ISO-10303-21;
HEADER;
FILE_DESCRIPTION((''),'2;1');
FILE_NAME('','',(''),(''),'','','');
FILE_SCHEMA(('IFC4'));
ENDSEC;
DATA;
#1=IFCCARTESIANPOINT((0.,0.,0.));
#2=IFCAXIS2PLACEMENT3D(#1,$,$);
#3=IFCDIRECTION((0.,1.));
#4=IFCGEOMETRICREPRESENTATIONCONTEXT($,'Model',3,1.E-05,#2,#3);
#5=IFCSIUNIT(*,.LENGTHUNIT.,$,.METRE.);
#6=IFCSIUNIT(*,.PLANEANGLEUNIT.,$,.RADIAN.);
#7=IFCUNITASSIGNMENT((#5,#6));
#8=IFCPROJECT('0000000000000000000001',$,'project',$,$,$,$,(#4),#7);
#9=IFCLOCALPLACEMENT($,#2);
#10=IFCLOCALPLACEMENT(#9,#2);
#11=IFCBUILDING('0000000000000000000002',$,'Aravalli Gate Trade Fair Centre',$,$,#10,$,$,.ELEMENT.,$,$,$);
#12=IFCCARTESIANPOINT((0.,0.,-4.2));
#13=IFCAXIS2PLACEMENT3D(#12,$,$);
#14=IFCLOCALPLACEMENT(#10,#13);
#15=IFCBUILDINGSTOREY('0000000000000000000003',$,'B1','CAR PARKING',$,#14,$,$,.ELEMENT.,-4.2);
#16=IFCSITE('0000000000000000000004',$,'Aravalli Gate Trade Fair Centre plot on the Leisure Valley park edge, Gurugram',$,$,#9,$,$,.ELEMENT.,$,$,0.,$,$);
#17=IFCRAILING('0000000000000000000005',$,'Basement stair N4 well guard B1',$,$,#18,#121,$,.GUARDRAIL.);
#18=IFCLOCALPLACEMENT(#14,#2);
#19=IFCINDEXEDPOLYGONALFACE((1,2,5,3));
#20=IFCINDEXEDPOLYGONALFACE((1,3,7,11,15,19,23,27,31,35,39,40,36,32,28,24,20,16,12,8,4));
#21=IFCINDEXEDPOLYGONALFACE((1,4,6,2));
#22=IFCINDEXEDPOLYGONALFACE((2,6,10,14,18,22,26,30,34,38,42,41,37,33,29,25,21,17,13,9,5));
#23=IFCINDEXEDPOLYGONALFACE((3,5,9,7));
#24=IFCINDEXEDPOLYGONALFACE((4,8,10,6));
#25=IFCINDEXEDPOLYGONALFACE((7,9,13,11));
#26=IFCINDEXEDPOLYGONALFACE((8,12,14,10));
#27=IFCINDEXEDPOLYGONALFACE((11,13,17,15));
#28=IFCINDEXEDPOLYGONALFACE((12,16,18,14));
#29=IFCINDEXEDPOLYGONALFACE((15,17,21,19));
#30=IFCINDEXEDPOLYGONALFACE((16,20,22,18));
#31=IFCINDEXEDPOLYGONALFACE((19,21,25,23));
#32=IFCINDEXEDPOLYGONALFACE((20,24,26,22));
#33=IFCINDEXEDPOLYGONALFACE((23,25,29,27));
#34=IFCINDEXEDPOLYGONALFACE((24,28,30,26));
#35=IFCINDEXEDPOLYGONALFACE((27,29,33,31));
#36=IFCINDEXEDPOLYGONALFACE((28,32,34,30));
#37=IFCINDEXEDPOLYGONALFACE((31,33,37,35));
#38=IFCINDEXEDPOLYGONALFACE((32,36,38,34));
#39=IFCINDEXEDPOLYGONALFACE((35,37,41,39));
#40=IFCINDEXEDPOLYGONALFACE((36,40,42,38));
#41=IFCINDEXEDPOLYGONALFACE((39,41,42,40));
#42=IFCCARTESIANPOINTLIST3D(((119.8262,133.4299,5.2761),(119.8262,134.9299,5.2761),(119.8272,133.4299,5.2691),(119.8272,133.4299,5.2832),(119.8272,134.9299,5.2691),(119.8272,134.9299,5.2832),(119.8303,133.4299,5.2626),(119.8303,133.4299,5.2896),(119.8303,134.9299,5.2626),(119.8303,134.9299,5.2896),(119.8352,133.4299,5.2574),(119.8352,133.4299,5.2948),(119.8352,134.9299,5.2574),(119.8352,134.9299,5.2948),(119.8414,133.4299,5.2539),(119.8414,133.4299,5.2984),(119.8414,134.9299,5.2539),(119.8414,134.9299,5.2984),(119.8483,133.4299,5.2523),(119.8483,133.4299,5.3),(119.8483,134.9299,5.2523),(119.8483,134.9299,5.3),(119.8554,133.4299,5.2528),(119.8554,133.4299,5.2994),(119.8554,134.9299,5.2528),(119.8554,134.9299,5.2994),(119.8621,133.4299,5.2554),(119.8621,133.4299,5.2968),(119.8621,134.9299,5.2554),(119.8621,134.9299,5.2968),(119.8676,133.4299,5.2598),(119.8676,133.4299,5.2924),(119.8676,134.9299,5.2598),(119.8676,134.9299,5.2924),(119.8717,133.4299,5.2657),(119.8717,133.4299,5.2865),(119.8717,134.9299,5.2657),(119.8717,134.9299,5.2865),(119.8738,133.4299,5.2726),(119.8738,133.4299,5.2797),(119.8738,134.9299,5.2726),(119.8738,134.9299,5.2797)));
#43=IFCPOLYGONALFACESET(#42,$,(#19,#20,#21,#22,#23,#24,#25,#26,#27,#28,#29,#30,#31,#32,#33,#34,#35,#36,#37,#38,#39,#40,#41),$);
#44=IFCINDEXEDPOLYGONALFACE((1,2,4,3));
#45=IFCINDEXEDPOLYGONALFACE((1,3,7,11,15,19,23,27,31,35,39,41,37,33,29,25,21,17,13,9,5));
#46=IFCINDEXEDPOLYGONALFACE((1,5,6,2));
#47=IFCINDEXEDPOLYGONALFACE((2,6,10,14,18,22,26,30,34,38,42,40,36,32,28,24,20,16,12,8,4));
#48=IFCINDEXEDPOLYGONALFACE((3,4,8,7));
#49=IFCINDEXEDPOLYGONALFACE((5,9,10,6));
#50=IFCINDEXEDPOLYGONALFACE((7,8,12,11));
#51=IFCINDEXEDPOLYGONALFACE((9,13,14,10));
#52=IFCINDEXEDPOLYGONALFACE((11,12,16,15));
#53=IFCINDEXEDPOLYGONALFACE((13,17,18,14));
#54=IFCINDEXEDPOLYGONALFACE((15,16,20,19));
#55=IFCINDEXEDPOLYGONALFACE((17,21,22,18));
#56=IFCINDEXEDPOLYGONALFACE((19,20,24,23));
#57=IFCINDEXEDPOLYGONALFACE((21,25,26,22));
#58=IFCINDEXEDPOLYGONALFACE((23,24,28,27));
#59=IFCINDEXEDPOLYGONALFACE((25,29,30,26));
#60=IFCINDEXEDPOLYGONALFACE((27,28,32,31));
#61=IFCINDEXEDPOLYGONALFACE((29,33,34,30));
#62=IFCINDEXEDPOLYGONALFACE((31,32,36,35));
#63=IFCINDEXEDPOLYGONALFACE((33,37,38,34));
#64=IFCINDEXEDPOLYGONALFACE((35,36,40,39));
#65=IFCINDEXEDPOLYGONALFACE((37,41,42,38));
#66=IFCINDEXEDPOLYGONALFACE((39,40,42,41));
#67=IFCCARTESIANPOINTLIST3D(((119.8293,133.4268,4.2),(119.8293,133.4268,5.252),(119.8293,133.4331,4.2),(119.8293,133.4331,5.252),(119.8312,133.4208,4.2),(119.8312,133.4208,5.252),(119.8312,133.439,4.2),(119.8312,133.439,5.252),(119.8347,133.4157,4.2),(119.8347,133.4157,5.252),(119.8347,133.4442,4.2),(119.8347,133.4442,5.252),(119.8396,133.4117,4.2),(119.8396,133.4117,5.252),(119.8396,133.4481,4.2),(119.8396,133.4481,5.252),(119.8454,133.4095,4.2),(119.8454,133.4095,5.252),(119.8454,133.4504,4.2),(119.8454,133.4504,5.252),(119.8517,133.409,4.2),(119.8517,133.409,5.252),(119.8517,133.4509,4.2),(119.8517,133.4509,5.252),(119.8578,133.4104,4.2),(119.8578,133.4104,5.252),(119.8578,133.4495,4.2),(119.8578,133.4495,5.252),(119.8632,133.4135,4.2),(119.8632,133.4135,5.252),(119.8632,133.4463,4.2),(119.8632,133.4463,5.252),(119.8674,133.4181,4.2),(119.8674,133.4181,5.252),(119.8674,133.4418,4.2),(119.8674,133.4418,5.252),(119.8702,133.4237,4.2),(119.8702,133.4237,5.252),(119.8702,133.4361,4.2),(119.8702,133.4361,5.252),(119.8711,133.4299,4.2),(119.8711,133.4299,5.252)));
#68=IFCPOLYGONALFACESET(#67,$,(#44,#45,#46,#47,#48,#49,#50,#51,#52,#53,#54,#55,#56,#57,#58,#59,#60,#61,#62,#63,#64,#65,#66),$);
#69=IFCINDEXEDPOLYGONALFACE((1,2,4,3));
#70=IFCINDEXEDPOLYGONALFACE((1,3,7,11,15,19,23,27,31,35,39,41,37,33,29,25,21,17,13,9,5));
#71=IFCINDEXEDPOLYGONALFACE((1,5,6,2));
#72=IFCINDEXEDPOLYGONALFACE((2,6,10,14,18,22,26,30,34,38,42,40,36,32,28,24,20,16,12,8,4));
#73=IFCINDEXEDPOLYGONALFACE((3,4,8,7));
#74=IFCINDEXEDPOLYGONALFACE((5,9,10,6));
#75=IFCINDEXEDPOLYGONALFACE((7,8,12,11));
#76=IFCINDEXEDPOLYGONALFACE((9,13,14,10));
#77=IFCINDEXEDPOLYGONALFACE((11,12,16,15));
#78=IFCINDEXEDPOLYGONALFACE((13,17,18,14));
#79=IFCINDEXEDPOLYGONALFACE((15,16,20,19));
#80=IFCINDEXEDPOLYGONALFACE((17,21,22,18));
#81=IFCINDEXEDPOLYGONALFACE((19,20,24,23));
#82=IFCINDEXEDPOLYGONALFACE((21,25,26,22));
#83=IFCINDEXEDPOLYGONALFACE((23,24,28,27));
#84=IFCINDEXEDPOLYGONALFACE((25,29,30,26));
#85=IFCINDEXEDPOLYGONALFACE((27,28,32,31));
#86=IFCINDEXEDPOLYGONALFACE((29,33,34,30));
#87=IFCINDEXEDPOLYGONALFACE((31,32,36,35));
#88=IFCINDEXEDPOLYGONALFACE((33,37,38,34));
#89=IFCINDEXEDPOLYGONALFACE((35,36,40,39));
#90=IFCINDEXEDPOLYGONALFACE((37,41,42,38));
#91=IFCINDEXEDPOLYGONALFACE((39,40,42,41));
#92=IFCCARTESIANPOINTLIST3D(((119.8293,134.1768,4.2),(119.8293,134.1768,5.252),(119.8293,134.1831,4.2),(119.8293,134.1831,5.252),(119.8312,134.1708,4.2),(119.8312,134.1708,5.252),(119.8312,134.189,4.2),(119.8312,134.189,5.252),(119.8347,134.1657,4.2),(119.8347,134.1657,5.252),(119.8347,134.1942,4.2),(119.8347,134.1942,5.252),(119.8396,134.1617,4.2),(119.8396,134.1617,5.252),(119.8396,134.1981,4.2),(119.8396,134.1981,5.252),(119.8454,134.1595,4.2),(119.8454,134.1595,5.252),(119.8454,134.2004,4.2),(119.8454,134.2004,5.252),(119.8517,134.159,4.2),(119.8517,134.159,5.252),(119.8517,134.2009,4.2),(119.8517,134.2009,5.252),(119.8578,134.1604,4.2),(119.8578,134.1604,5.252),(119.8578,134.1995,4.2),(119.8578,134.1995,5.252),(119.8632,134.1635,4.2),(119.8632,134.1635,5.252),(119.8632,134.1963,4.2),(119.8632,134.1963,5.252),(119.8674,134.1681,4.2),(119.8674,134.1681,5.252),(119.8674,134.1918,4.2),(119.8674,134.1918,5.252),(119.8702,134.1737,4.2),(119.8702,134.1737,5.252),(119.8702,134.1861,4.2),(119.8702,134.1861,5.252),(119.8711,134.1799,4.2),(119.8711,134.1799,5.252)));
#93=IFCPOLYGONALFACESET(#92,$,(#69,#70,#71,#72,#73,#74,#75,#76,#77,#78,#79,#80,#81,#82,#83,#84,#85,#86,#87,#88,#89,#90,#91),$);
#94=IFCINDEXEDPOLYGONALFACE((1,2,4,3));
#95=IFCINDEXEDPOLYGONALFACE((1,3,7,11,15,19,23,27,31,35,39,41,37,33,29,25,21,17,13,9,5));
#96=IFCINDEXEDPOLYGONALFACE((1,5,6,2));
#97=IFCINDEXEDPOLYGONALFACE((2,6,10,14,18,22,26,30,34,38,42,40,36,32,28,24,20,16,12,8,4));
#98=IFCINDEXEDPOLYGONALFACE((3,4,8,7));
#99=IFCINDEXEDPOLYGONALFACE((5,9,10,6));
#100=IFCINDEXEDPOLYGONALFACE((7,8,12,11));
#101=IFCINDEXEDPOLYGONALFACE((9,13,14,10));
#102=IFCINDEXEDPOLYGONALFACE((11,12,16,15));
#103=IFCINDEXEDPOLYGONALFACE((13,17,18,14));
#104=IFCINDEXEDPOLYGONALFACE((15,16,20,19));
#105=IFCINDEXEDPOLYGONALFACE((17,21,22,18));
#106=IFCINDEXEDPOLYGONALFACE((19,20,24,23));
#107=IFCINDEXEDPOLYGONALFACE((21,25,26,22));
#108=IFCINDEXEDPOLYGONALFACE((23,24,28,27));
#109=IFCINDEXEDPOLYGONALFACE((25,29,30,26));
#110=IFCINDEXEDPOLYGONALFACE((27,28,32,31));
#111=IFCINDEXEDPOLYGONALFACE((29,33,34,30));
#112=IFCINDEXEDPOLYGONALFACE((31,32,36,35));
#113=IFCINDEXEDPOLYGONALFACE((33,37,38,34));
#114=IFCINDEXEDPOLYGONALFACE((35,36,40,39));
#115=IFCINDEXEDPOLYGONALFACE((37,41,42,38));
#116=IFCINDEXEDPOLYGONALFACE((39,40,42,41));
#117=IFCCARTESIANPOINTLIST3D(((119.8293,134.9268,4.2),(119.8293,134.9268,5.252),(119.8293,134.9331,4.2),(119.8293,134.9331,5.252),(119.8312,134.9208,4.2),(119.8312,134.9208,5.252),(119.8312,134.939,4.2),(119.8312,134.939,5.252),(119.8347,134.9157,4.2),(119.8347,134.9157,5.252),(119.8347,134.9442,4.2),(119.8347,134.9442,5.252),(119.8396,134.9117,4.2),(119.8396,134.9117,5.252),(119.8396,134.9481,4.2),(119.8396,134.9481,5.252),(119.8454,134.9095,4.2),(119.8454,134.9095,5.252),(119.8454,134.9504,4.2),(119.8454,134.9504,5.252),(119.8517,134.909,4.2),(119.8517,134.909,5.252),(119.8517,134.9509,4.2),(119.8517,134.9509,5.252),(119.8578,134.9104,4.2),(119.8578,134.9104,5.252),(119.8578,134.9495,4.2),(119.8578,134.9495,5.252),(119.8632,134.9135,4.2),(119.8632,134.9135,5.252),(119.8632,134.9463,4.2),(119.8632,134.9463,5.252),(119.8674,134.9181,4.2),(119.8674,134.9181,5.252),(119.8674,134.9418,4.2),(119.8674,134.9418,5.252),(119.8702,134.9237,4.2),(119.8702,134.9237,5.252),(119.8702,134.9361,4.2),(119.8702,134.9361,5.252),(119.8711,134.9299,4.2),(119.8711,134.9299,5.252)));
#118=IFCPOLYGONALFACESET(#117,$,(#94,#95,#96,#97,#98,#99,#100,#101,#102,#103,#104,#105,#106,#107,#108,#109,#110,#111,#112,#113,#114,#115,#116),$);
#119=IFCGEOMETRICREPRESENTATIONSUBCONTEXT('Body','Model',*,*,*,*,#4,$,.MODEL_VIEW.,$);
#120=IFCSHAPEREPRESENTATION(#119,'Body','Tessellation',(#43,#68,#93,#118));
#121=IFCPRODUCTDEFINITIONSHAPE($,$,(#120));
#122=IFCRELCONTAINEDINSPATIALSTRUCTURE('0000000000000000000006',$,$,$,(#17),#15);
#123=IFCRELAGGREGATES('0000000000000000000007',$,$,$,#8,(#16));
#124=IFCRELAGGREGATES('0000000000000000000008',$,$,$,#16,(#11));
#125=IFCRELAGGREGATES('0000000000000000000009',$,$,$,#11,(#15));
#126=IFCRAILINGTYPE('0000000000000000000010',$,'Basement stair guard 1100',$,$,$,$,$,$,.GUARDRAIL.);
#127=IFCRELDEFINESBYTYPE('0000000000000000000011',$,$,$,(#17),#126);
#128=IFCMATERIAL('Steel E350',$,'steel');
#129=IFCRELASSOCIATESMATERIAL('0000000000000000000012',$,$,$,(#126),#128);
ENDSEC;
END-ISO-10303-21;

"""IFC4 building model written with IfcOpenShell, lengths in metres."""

from ifc_helpers import new_model, si_unit, direction, frame, origin, origin_2d, place, context, subcontext, project, spatial, circle, extrude, material, type_object, element, save


model = new_model("IFC4")

# Units and contexts
model_context = context("Model", 3, precision=1e-05, world=origin(), true_north=direction((0.0, 1.0)))
body_context = subcontext(model_context, "Body", "Model", "MODEL_VIEW")
ifc_project = project(units=[si_unit("LENGTHUNIT", "METRE"), si_unit("PLANEANGLEUNIT", "RADIAN")], contexts=[model_context])

# Site, building, storey
site_placement = place(None, origin())
site = spatial("IfcSite", under=ifc_project, at=site_placement, Name="Aravalli Gate Trade Fair Centre plot on the Leisure Valley park edge, Gurugram", CompositionType="ELEMENT", RefElevation=0.0)
building_placement = place(site_placement, origin())
building = spatial("IfcBuilding", under=site, at=building_placement, Name="Aravalli Gate Trade Fair Centre", CompositionType="ELEMENT")
storey_placement = place(building_placement, frame((0.0, 0.0, -4.2)))
storey = spatial("IfcBuildingStorey", under=building, at=storey_placement, Name="B1", Description="CAR PARKING", CompositionType="ELEMENT", Elevation=-4.2)

# Railing
ifc_material_1 = material(Name="Steel E350", Category="steel")
railing_type_1 = type_object("IfcRailingType", Name="Basement stair guard 1100", PredefinedType="GUARDRAIL", material=ifc_material_1)
railing_1_placement = place(storey_placement, frame((119.8501, 133.4299, 4.2)))
element("IfcRailing", 1, at=railing_1_placement, inside=storey, type_object=railing_type_1, Name="Basement stair N4 well guard B1", PredefinedType="GUARDRAIL", context=body_context, shape_type="SweptSolid", body=[
    extrude(circle(Radius=0.0239, at=origin_2d()), frame((0.0, 0.0, 1.0762), z_axis=(0.0, 1.0, 0.0), x_axis=(-1.0, 0.0, 0.0)), (0.0, 0.0, 1.0), 1.5),
    extrude(circle(Radius=0.021, at=origin_2d()), origin(), (0.0, 0.0, 1.0), 1.052),
    extrude(circle(Radius=0.021, at=origin_2d()), frame((0.0, 0.75, 0.0)), (0.0, 0.0, 1.0), 1.052),
    extrude(circle(Radius=0.021, at=origin_2d()), frame((0.0, 1.5, 0.0)), (0.0, 0.0, 1.0), 1.052),
])

save(model, "model.ifc")
